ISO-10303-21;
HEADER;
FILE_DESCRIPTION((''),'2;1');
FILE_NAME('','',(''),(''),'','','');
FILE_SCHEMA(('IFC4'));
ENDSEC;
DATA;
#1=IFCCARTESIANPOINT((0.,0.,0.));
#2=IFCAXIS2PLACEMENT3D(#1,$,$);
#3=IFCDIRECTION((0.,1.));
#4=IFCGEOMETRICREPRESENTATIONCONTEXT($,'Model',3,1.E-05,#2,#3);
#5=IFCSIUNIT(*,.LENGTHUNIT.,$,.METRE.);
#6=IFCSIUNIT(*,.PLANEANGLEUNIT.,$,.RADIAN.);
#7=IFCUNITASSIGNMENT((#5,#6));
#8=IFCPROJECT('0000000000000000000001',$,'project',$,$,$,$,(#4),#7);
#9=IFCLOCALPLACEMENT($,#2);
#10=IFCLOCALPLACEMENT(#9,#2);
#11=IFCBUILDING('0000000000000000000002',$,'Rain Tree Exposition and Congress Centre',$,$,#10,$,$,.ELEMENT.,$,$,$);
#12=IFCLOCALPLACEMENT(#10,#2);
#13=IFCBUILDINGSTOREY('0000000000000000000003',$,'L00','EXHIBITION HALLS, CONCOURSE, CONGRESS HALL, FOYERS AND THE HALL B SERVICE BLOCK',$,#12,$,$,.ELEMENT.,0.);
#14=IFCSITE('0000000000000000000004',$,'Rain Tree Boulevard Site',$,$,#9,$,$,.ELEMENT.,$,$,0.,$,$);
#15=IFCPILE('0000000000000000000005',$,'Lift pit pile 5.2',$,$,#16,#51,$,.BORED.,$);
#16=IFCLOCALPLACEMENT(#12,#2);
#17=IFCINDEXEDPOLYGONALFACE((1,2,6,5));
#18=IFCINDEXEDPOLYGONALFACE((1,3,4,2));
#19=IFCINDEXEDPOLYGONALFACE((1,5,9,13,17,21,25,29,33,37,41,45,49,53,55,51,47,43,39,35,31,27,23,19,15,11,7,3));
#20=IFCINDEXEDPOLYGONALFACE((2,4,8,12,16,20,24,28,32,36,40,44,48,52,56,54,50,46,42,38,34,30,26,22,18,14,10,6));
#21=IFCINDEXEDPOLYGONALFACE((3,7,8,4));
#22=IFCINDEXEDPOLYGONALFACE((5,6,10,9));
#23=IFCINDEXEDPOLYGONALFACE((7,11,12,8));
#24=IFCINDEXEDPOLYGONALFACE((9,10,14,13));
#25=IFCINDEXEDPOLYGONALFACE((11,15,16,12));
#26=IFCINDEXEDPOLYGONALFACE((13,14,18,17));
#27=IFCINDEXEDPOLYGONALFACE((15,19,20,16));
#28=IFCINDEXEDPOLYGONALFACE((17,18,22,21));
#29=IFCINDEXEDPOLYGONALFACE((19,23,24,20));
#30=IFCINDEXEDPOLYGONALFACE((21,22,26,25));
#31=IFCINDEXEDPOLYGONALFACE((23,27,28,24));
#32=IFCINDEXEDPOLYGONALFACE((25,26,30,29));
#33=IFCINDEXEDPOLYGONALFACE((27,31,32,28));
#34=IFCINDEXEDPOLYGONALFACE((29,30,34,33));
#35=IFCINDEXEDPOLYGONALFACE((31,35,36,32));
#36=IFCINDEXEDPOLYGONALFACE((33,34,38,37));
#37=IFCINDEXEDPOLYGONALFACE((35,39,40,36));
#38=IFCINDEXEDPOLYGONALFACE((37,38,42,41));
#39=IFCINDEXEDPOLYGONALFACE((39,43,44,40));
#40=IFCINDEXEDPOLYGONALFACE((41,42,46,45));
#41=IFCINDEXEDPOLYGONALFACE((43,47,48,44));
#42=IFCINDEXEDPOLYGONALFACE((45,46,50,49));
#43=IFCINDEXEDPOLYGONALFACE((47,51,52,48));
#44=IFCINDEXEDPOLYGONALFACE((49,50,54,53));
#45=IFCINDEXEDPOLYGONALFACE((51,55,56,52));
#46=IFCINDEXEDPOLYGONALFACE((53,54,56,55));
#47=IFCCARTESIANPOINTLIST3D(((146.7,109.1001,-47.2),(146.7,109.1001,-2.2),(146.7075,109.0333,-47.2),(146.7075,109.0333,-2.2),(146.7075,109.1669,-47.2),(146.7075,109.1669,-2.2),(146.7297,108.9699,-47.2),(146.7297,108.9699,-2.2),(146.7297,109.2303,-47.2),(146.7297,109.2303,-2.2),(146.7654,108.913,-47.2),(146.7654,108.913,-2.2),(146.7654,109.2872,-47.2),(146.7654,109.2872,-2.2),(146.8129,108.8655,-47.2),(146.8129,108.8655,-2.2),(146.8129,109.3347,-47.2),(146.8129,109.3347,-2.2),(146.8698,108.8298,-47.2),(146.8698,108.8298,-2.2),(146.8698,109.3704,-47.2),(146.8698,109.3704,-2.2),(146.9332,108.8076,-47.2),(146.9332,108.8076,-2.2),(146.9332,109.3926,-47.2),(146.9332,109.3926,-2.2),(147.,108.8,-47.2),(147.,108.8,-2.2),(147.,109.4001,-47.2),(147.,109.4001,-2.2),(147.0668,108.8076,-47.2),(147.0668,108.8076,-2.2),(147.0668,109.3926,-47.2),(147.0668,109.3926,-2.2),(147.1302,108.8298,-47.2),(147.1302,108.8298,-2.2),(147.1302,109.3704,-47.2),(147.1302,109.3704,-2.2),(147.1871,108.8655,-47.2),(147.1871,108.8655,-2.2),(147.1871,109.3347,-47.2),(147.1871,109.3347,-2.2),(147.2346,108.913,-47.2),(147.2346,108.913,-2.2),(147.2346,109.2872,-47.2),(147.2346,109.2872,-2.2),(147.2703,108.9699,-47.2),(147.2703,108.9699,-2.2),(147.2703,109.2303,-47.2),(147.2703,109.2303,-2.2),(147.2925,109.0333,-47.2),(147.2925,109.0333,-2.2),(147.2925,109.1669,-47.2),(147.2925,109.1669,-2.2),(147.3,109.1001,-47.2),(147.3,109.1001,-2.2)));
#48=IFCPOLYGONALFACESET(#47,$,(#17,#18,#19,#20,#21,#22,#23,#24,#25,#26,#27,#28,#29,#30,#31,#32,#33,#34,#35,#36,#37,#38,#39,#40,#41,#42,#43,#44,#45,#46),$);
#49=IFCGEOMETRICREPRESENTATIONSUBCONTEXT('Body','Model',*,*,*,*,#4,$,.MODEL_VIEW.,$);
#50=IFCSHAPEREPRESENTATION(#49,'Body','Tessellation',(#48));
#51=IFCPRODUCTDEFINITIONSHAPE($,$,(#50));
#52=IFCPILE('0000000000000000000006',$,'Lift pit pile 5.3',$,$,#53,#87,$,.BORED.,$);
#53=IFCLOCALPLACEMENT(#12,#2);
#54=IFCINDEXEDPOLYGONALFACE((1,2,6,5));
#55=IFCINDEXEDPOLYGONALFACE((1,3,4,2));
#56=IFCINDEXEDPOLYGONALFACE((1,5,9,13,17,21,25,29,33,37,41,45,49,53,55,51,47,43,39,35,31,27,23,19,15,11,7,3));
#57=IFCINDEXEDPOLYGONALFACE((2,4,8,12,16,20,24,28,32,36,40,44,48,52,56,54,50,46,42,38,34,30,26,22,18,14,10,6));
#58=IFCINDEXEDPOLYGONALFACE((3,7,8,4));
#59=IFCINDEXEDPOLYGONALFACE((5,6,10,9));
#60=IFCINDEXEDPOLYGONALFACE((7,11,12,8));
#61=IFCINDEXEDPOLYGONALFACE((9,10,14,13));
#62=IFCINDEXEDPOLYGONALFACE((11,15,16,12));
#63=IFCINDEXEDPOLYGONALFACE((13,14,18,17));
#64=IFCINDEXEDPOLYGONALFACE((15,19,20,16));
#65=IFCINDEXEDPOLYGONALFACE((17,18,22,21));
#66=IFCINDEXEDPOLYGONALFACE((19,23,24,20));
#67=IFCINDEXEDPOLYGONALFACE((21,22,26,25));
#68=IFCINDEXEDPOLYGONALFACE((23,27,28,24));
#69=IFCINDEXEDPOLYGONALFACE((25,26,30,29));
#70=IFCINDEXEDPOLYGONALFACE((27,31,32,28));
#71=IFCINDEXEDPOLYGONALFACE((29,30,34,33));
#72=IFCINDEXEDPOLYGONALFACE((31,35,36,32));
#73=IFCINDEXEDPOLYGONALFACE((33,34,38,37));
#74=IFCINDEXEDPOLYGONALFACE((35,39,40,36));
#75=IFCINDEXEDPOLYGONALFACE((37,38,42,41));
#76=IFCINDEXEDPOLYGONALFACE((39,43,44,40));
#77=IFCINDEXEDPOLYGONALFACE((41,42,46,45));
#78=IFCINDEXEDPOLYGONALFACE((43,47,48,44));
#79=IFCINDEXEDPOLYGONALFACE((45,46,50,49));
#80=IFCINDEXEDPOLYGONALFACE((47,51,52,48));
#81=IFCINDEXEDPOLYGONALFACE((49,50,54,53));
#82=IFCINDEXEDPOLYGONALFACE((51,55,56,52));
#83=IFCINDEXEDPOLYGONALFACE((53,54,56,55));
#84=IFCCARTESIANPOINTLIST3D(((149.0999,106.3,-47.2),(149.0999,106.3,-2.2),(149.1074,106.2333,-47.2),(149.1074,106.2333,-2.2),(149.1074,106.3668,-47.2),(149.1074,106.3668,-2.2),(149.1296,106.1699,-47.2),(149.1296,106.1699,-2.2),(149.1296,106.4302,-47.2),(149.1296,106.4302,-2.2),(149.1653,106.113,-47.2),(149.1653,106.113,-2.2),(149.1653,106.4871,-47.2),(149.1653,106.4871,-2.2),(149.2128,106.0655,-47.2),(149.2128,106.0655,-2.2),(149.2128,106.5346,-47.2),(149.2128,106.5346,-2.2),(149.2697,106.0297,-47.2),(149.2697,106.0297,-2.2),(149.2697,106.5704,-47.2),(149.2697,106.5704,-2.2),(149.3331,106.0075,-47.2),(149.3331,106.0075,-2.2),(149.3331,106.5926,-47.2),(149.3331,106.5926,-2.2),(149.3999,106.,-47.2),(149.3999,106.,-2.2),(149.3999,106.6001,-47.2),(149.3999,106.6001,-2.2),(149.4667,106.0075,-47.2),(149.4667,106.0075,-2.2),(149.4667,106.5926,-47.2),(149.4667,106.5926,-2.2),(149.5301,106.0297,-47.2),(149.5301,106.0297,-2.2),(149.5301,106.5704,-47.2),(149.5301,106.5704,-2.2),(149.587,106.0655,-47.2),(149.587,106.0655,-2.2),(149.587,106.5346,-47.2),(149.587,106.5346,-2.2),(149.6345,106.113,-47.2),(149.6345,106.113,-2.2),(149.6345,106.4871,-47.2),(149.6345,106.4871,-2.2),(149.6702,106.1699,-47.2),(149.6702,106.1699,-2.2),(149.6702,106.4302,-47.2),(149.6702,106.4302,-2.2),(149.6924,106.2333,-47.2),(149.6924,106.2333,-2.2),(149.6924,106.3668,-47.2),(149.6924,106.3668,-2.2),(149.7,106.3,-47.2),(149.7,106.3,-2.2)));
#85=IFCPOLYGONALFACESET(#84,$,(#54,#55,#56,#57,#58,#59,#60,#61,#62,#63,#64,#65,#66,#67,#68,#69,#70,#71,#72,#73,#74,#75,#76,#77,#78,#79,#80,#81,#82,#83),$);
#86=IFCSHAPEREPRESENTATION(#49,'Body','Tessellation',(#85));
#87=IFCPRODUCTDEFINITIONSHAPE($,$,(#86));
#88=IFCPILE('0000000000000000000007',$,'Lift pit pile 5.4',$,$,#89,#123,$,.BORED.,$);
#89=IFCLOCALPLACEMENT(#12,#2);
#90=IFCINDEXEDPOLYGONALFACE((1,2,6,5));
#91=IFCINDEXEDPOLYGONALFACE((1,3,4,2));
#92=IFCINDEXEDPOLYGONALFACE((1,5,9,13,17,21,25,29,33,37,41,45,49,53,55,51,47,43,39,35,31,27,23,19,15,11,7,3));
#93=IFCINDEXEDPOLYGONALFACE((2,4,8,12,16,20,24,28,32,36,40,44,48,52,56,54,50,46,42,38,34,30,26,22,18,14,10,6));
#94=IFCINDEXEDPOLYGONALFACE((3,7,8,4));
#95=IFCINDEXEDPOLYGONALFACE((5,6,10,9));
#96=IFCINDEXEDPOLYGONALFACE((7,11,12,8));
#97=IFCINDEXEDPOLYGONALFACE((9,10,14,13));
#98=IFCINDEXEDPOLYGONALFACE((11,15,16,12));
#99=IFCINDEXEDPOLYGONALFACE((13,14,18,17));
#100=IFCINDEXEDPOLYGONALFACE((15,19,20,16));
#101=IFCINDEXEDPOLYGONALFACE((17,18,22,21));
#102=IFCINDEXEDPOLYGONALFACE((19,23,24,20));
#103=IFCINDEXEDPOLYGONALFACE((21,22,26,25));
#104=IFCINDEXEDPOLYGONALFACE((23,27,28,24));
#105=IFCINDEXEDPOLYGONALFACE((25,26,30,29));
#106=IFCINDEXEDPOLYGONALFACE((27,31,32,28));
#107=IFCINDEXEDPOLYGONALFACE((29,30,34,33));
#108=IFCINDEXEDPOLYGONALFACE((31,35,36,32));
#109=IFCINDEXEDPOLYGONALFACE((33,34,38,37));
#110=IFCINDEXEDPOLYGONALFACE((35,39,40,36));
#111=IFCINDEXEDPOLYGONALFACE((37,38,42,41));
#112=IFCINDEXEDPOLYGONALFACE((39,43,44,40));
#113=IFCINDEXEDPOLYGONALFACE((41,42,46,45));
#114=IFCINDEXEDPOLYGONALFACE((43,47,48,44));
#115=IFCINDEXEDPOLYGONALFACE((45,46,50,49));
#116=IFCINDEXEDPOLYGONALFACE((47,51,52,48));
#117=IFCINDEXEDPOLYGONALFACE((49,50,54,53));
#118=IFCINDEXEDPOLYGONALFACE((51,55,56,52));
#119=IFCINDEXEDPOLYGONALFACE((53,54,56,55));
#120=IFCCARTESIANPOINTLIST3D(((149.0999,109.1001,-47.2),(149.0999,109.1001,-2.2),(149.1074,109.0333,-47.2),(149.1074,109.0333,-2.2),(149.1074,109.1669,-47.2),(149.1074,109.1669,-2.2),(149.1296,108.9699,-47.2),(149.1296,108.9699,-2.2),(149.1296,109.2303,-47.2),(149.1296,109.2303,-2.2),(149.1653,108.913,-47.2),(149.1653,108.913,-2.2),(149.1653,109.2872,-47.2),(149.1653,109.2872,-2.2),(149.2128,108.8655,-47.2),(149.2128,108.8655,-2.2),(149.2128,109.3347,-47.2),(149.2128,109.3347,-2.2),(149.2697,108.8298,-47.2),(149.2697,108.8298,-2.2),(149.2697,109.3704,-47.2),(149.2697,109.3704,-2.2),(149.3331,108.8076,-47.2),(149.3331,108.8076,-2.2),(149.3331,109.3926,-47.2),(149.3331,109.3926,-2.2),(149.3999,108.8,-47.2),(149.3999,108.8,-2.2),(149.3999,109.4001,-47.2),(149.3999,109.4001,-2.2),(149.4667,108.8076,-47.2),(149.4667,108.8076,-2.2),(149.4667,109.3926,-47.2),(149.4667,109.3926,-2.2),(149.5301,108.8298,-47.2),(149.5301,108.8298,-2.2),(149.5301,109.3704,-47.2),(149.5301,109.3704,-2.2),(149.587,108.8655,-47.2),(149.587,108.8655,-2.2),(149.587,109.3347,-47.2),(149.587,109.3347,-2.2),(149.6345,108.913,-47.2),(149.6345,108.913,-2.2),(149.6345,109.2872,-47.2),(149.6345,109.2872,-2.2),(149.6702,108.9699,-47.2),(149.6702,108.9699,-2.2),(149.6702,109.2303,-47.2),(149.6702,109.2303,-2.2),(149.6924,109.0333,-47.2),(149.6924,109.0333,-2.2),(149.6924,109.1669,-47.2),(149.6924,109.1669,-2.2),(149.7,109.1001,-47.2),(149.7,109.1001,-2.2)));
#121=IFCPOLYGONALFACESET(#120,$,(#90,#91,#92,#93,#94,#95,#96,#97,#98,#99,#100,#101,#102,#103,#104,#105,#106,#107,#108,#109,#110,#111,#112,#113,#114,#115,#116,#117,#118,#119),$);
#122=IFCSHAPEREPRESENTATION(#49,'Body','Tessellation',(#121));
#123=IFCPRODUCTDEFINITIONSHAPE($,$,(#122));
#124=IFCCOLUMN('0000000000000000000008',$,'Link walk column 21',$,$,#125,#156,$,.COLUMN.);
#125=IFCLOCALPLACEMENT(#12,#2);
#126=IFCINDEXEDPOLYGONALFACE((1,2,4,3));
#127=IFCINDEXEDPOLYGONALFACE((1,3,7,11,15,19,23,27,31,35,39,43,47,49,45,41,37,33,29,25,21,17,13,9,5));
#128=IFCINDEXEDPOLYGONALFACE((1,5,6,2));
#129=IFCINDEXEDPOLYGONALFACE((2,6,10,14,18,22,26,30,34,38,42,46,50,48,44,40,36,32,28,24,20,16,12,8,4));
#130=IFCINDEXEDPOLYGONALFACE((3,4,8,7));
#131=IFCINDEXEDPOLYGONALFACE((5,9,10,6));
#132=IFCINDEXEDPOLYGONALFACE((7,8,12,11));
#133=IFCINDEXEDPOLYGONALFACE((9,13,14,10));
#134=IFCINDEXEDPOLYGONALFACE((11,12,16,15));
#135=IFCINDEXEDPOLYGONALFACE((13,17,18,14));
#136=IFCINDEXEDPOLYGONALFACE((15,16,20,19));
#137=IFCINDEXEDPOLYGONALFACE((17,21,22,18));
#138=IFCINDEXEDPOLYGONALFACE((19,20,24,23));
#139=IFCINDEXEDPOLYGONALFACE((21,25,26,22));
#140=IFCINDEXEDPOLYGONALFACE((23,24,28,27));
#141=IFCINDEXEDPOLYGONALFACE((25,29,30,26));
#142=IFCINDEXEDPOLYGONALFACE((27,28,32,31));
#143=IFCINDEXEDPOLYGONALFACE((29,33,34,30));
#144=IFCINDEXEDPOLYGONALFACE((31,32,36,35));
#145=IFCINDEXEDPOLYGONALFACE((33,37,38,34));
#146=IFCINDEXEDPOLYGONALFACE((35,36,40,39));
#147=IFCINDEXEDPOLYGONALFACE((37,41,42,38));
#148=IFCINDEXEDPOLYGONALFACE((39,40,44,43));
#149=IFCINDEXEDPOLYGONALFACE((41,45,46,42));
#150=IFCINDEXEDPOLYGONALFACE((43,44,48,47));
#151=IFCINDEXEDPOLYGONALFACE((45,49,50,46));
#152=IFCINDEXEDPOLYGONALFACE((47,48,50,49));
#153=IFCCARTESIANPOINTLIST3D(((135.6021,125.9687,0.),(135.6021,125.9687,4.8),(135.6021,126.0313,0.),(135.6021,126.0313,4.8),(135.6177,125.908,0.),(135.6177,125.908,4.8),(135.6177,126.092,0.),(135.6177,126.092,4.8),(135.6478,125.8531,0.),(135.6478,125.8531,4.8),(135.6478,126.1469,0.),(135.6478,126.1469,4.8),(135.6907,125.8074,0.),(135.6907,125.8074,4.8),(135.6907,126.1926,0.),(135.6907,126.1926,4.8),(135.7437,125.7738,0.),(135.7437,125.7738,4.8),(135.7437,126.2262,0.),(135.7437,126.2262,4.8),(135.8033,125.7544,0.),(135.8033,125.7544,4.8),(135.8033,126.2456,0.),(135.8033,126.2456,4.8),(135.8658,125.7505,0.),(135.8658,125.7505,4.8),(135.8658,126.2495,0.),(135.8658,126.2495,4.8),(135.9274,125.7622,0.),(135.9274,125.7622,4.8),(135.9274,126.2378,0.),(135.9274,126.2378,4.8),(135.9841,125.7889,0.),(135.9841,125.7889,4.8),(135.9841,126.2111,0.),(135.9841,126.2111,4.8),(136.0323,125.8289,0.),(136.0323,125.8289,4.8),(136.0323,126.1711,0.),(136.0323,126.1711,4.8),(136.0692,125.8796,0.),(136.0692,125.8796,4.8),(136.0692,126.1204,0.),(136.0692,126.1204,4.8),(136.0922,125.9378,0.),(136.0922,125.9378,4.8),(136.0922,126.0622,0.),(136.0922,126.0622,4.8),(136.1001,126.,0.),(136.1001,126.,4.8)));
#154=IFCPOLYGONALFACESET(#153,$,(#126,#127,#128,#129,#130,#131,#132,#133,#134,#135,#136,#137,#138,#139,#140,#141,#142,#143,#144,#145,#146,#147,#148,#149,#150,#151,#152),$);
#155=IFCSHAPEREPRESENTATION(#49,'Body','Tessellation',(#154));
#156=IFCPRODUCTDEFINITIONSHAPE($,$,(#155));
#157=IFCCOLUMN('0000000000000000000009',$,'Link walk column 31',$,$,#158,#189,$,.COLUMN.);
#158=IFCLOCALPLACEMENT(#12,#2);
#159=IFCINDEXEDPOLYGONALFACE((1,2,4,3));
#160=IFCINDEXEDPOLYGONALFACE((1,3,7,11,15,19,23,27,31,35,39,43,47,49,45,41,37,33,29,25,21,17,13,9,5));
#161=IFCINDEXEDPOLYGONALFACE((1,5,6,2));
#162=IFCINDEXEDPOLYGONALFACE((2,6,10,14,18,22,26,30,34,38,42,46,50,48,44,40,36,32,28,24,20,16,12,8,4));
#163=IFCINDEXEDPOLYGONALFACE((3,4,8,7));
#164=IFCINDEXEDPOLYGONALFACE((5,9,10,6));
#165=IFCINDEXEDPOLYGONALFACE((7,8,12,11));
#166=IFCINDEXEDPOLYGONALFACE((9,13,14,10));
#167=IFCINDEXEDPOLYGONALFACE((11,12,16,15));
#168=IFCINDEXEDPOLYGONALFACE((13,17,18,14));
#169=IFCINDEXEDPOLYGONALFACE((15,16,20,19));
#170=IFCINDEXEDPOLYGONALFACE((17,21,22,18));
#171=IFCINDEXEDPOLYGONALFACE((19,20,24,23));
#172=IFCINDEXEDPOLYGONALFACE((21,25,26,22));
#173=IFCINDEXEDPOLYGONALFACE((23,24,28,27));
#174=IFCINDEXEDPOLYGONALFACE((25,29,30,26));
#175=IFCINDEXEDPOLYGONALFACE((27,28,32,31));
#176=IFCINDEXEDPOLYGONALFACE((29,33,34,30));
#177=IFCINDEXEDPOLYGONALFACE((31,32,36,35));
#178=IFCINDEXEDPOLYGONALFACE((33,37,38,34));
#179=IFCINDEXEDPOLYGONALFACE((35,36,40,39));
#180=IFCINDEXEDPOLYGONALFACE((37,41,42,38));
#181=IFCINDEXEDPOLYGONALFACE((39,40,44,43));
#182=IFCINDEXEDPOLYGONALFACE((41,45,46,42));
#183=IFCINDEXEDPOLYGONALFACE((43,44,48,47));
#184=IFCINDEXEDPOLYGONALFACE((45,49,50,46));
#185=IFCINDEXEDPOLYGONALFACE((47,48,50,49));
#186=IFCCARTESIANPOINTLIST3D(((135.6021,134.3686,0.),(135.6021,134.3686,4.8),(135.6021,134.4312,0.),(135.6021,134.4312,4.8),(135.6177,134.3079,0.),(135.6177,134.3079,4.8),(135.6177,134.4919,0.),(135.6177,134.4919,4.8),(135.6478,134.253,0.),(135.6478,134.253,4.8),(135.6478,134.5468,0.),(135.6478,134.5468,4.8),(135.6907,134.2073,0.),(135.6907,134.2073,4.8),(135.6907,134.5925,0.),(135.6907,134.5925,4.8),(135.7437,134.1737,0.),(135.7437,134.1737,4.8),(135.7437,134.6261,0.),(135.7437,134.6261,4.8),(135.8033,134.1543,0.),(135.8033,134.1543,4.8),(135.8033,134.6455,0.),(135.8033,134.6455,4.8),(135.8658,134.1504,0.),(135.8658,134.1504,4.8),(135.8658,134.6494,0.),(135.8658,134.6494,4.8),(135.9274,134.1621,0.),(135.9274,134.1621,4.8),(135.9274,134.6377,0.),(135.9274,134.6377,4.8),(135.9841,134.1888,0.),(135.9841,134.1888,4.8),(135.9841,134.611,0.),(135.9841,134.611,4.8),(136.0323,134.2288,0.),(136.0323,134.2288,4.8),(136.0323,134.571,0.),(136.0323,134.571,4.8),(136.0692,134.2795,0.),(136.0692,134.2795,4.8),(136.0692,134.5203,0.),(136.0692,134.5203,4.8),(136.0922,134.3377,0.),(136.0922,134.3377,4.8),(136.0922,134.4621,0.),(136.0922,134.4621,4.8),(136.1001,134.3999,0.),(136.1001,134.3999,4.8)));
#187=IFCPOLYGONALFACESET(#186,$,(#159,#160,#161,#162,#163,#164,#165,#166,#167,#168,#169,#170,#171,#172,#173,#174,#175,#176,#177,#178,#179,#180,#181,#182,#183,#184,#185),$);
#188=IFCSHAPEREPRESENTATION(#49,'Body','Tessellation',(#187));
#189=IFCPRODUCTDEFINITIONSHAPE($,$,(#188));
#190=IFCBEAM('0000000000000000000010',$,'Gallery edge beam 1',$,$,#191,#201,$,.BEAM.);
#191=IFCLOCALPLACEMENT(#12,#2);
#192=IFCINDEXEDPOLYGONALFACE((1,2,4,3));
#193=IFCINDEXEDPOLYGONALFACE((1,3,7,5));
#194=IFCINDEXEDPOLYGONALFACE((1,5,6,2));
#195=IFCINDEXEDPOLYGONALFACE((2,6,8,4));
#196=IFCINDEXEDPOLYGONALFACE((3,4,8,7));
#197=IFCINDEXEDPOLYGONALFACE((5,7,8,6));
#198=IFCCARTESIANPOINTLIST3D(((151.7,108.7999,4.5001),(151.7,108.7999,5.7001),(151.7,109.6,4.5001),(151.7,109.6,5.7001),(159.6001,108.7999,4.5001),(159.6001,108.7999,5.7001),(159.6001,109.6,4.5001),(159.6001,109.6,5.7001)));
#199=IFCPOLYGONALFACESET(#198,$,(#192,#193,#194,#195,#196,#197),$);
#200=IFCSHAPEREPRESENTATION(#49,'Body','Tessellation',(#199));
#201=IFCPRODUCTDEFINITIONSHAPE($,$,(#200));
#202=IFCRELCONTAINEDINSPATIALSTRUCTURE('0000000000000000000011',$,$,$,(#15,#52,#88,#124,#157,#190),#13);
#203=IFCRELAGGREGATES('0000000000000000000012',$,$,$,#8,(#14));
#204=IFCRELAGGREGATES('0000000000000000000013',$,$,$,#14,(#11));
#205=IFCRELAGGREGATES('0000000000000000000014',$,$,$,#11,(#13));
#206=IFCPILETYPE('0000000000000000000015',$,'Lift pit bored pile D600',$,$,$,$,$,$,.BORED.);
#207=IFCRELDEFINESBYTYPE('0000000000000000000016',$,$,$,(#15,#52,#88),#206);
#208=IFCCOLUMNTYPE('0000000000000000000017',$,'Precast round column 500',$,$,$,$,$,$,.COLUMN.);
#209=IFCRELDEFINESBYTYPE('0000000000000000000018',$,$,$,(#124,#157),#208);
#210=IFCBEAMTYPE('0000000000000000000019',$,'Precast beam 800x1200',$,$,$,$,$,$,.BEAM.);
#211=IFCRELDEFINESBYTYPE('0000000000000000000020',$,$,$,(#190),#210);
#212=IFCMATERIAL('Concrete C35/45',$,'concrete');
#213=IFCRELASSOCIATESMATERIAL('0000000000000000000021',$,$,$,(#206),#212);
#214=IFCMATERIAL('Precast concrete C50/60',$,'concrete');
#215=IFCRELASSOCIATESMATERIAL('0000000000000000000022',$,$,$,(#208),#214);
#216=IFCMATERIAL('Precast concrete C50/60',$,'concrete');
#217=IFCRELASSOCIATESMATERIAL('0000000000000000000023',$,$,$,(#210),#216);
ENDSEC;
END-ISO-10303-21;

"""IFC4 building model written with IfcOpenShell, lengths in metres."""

from ifc_helpers import new_model, si_unit, direction, frame, origin, origin_2d, place, context, subcontext, project, spatial, rectangle, circle, extrude, material, material_profile, profile_set, type_object, element, save


model = new_model("IFC4")

# Units and contexts
model_context = context("Model", 3, precision=1e-05, world=origin(), true_north=direction((0.0, 1.0)))
body_context = subcontext(model_context, "Body", "Model", "MODEL_VIEW")
ifc_project = project(units=[si_unit("LENGTHUNIT", "METRE"), si_unit("PLANEANGLEUNIT", "RADIAN")], contexts=[model_context])

# Site, building, storey
site_placement = place(None, origin())
site = spatial("IfcSite", under=ifc_project, at=site_placement, Name="Rain Tree Boulevard Site", CompositionType="ELEMENT", RefElevation=0.0)
building_placement = place(site_placement, origin())
building = spatial("IfcBuilding", under=site, at=building_placement, Name="Rain Tree Exposition and Congress Centre", CompositionType="ELEMENT")
storey_placement = place(building_placement, origin())
storey = spatial("IfcBuildingStorey", under=building, at=storey_placement, Name="L00", Description="EXHIBITION HALLS, CONCOURSE, CONGRESS HALL, FOYERS AND THE HALL B SERVICE BLOCK", CompositionType="ELEMENT", Elevation=0.0)

# Piles
ifc_material_1 = material(Name="Concrete C35/45", Category="concrete")
ifc_material_profile_1 = material_profile(ifc_material_1, circle(Radius=0.3, at=origin_2d()), Name="D600")
ifc_profile_set_1 = profile_set([ifc_material_profile_1], Name="Concrete C35/45")
pile_type = type_object("IfcPileType", Name="Lift pit bored pile D600", PredefinedType="BORED", material=ifc_profile_set_1)
for number, where, z_axis, x_axis, name in (
    (1, (147.0, 109.1001, -2.2), (0.0, 0.0, -1.0), (1.0, 0.0, 0.0), "Lift pit pile 5.2"),
    (2, (149.3999, 106.3, -2.2), (0.0, 0.0, -1.0), (1.0, 0.0, 0.0), "Lift pit pile 5.3"),
    (3, (149.3999, 109.1001, -2.2), (0.0, 0.0, -1.0), (1.0, 0.0, 0.0), "Lift pit pile 5.4"),
):
    element("IfcPile", number, at=place(storey_placement, frame(where, z_axis=z_axis, x_axis=x_axis)), inside=storey, type_object=pile_type, Name=name, PredefinedType="BORED", context=body_context, shape_type="SweptSolid", body=[
        extrude(circle(Radius=0.3, at=origin_2d()), origin(), (0.0, 0.0, 1.0), 45.0),
    ])

# Columns
ifc_material_2 = material(Name="Precast concrete C50/60", Category="concrete")
ifc_material_profile_2 = material_profile(ifc_material_2, circle(Radius=0.25, at=origin_2d()), Name="RC D500")
ifc_profile_set_2 = profile_set([ifc_material_profile_2], Name="Precast concrete C50/60")
column_type = type_object("IfcColumnType", Name="Precast round column 500", PredefinedType="COLUMN", material=ifc_profile_set_2)
for number, where, z_axis, x_axis, name in (
    (4, (135.8501, 126.0, 0.0), (0.0, 0.0, 1.0), (1.0, 0.0, 0.0), "Link walk column 21"),
    (5, (135.8501, 134.3999, 0.0), (0.0, 0.0, 1.0), (1.0, 0.0, 0.0), "Link walk column 31"),
):
    element("IfcColumn", number, at=place(storey_placement, frame(where, z_axis=z_axis, x_axis=x_axis)), inside=storey, type_object=column_type, Name=name, PredefinedType="COLUMN", context=body_context, shape_type="SweptSolid", body=[
        extrude(circle(Radius=0.25, at=origin_2d()), origin(), (0.0, 0.0, 1.0), 4.8),
    ])

# Beam
ifc_material_3 = material(Name="Precast concrete C50/60", Category="concrete")
ifc_material_profile_3 = material_profile(ifc_material_3, rectangle(XDim=0.8, YDim=1.2, at=origin_2d()), Name="RC 800x1200")
ifc_profile_set_3 = profile_set([ifc_material_profile_3], Name="Precast concrete C50/60")
beam_type = type_object("IfcBeamType", Name="Precast beam 800x1200", PredefinedType="BEAM", material=ifc_profile_set_3)
beam_placement = place(storey_placement, frame((151.7, 109.2, 5.1001), z_axis=(1.0, 0.0, 0.0), x_axis=(0.0, 1.0, 0.0)))
element("IfcBeam", 6, at=beam_placement, inside=storey, type_object=beam_type, Name="Gallery edge beam 1", PredefinedType="BEAM", context=body_context, shape_type="SweptSolid", body=[
    extrude(rectangle(XDim=0.8, YDim=1.2, at=origin_2d()), origin(), (0.0, 0.0, 1.0), 7.9001),
])

save(model, "model.ifc")
